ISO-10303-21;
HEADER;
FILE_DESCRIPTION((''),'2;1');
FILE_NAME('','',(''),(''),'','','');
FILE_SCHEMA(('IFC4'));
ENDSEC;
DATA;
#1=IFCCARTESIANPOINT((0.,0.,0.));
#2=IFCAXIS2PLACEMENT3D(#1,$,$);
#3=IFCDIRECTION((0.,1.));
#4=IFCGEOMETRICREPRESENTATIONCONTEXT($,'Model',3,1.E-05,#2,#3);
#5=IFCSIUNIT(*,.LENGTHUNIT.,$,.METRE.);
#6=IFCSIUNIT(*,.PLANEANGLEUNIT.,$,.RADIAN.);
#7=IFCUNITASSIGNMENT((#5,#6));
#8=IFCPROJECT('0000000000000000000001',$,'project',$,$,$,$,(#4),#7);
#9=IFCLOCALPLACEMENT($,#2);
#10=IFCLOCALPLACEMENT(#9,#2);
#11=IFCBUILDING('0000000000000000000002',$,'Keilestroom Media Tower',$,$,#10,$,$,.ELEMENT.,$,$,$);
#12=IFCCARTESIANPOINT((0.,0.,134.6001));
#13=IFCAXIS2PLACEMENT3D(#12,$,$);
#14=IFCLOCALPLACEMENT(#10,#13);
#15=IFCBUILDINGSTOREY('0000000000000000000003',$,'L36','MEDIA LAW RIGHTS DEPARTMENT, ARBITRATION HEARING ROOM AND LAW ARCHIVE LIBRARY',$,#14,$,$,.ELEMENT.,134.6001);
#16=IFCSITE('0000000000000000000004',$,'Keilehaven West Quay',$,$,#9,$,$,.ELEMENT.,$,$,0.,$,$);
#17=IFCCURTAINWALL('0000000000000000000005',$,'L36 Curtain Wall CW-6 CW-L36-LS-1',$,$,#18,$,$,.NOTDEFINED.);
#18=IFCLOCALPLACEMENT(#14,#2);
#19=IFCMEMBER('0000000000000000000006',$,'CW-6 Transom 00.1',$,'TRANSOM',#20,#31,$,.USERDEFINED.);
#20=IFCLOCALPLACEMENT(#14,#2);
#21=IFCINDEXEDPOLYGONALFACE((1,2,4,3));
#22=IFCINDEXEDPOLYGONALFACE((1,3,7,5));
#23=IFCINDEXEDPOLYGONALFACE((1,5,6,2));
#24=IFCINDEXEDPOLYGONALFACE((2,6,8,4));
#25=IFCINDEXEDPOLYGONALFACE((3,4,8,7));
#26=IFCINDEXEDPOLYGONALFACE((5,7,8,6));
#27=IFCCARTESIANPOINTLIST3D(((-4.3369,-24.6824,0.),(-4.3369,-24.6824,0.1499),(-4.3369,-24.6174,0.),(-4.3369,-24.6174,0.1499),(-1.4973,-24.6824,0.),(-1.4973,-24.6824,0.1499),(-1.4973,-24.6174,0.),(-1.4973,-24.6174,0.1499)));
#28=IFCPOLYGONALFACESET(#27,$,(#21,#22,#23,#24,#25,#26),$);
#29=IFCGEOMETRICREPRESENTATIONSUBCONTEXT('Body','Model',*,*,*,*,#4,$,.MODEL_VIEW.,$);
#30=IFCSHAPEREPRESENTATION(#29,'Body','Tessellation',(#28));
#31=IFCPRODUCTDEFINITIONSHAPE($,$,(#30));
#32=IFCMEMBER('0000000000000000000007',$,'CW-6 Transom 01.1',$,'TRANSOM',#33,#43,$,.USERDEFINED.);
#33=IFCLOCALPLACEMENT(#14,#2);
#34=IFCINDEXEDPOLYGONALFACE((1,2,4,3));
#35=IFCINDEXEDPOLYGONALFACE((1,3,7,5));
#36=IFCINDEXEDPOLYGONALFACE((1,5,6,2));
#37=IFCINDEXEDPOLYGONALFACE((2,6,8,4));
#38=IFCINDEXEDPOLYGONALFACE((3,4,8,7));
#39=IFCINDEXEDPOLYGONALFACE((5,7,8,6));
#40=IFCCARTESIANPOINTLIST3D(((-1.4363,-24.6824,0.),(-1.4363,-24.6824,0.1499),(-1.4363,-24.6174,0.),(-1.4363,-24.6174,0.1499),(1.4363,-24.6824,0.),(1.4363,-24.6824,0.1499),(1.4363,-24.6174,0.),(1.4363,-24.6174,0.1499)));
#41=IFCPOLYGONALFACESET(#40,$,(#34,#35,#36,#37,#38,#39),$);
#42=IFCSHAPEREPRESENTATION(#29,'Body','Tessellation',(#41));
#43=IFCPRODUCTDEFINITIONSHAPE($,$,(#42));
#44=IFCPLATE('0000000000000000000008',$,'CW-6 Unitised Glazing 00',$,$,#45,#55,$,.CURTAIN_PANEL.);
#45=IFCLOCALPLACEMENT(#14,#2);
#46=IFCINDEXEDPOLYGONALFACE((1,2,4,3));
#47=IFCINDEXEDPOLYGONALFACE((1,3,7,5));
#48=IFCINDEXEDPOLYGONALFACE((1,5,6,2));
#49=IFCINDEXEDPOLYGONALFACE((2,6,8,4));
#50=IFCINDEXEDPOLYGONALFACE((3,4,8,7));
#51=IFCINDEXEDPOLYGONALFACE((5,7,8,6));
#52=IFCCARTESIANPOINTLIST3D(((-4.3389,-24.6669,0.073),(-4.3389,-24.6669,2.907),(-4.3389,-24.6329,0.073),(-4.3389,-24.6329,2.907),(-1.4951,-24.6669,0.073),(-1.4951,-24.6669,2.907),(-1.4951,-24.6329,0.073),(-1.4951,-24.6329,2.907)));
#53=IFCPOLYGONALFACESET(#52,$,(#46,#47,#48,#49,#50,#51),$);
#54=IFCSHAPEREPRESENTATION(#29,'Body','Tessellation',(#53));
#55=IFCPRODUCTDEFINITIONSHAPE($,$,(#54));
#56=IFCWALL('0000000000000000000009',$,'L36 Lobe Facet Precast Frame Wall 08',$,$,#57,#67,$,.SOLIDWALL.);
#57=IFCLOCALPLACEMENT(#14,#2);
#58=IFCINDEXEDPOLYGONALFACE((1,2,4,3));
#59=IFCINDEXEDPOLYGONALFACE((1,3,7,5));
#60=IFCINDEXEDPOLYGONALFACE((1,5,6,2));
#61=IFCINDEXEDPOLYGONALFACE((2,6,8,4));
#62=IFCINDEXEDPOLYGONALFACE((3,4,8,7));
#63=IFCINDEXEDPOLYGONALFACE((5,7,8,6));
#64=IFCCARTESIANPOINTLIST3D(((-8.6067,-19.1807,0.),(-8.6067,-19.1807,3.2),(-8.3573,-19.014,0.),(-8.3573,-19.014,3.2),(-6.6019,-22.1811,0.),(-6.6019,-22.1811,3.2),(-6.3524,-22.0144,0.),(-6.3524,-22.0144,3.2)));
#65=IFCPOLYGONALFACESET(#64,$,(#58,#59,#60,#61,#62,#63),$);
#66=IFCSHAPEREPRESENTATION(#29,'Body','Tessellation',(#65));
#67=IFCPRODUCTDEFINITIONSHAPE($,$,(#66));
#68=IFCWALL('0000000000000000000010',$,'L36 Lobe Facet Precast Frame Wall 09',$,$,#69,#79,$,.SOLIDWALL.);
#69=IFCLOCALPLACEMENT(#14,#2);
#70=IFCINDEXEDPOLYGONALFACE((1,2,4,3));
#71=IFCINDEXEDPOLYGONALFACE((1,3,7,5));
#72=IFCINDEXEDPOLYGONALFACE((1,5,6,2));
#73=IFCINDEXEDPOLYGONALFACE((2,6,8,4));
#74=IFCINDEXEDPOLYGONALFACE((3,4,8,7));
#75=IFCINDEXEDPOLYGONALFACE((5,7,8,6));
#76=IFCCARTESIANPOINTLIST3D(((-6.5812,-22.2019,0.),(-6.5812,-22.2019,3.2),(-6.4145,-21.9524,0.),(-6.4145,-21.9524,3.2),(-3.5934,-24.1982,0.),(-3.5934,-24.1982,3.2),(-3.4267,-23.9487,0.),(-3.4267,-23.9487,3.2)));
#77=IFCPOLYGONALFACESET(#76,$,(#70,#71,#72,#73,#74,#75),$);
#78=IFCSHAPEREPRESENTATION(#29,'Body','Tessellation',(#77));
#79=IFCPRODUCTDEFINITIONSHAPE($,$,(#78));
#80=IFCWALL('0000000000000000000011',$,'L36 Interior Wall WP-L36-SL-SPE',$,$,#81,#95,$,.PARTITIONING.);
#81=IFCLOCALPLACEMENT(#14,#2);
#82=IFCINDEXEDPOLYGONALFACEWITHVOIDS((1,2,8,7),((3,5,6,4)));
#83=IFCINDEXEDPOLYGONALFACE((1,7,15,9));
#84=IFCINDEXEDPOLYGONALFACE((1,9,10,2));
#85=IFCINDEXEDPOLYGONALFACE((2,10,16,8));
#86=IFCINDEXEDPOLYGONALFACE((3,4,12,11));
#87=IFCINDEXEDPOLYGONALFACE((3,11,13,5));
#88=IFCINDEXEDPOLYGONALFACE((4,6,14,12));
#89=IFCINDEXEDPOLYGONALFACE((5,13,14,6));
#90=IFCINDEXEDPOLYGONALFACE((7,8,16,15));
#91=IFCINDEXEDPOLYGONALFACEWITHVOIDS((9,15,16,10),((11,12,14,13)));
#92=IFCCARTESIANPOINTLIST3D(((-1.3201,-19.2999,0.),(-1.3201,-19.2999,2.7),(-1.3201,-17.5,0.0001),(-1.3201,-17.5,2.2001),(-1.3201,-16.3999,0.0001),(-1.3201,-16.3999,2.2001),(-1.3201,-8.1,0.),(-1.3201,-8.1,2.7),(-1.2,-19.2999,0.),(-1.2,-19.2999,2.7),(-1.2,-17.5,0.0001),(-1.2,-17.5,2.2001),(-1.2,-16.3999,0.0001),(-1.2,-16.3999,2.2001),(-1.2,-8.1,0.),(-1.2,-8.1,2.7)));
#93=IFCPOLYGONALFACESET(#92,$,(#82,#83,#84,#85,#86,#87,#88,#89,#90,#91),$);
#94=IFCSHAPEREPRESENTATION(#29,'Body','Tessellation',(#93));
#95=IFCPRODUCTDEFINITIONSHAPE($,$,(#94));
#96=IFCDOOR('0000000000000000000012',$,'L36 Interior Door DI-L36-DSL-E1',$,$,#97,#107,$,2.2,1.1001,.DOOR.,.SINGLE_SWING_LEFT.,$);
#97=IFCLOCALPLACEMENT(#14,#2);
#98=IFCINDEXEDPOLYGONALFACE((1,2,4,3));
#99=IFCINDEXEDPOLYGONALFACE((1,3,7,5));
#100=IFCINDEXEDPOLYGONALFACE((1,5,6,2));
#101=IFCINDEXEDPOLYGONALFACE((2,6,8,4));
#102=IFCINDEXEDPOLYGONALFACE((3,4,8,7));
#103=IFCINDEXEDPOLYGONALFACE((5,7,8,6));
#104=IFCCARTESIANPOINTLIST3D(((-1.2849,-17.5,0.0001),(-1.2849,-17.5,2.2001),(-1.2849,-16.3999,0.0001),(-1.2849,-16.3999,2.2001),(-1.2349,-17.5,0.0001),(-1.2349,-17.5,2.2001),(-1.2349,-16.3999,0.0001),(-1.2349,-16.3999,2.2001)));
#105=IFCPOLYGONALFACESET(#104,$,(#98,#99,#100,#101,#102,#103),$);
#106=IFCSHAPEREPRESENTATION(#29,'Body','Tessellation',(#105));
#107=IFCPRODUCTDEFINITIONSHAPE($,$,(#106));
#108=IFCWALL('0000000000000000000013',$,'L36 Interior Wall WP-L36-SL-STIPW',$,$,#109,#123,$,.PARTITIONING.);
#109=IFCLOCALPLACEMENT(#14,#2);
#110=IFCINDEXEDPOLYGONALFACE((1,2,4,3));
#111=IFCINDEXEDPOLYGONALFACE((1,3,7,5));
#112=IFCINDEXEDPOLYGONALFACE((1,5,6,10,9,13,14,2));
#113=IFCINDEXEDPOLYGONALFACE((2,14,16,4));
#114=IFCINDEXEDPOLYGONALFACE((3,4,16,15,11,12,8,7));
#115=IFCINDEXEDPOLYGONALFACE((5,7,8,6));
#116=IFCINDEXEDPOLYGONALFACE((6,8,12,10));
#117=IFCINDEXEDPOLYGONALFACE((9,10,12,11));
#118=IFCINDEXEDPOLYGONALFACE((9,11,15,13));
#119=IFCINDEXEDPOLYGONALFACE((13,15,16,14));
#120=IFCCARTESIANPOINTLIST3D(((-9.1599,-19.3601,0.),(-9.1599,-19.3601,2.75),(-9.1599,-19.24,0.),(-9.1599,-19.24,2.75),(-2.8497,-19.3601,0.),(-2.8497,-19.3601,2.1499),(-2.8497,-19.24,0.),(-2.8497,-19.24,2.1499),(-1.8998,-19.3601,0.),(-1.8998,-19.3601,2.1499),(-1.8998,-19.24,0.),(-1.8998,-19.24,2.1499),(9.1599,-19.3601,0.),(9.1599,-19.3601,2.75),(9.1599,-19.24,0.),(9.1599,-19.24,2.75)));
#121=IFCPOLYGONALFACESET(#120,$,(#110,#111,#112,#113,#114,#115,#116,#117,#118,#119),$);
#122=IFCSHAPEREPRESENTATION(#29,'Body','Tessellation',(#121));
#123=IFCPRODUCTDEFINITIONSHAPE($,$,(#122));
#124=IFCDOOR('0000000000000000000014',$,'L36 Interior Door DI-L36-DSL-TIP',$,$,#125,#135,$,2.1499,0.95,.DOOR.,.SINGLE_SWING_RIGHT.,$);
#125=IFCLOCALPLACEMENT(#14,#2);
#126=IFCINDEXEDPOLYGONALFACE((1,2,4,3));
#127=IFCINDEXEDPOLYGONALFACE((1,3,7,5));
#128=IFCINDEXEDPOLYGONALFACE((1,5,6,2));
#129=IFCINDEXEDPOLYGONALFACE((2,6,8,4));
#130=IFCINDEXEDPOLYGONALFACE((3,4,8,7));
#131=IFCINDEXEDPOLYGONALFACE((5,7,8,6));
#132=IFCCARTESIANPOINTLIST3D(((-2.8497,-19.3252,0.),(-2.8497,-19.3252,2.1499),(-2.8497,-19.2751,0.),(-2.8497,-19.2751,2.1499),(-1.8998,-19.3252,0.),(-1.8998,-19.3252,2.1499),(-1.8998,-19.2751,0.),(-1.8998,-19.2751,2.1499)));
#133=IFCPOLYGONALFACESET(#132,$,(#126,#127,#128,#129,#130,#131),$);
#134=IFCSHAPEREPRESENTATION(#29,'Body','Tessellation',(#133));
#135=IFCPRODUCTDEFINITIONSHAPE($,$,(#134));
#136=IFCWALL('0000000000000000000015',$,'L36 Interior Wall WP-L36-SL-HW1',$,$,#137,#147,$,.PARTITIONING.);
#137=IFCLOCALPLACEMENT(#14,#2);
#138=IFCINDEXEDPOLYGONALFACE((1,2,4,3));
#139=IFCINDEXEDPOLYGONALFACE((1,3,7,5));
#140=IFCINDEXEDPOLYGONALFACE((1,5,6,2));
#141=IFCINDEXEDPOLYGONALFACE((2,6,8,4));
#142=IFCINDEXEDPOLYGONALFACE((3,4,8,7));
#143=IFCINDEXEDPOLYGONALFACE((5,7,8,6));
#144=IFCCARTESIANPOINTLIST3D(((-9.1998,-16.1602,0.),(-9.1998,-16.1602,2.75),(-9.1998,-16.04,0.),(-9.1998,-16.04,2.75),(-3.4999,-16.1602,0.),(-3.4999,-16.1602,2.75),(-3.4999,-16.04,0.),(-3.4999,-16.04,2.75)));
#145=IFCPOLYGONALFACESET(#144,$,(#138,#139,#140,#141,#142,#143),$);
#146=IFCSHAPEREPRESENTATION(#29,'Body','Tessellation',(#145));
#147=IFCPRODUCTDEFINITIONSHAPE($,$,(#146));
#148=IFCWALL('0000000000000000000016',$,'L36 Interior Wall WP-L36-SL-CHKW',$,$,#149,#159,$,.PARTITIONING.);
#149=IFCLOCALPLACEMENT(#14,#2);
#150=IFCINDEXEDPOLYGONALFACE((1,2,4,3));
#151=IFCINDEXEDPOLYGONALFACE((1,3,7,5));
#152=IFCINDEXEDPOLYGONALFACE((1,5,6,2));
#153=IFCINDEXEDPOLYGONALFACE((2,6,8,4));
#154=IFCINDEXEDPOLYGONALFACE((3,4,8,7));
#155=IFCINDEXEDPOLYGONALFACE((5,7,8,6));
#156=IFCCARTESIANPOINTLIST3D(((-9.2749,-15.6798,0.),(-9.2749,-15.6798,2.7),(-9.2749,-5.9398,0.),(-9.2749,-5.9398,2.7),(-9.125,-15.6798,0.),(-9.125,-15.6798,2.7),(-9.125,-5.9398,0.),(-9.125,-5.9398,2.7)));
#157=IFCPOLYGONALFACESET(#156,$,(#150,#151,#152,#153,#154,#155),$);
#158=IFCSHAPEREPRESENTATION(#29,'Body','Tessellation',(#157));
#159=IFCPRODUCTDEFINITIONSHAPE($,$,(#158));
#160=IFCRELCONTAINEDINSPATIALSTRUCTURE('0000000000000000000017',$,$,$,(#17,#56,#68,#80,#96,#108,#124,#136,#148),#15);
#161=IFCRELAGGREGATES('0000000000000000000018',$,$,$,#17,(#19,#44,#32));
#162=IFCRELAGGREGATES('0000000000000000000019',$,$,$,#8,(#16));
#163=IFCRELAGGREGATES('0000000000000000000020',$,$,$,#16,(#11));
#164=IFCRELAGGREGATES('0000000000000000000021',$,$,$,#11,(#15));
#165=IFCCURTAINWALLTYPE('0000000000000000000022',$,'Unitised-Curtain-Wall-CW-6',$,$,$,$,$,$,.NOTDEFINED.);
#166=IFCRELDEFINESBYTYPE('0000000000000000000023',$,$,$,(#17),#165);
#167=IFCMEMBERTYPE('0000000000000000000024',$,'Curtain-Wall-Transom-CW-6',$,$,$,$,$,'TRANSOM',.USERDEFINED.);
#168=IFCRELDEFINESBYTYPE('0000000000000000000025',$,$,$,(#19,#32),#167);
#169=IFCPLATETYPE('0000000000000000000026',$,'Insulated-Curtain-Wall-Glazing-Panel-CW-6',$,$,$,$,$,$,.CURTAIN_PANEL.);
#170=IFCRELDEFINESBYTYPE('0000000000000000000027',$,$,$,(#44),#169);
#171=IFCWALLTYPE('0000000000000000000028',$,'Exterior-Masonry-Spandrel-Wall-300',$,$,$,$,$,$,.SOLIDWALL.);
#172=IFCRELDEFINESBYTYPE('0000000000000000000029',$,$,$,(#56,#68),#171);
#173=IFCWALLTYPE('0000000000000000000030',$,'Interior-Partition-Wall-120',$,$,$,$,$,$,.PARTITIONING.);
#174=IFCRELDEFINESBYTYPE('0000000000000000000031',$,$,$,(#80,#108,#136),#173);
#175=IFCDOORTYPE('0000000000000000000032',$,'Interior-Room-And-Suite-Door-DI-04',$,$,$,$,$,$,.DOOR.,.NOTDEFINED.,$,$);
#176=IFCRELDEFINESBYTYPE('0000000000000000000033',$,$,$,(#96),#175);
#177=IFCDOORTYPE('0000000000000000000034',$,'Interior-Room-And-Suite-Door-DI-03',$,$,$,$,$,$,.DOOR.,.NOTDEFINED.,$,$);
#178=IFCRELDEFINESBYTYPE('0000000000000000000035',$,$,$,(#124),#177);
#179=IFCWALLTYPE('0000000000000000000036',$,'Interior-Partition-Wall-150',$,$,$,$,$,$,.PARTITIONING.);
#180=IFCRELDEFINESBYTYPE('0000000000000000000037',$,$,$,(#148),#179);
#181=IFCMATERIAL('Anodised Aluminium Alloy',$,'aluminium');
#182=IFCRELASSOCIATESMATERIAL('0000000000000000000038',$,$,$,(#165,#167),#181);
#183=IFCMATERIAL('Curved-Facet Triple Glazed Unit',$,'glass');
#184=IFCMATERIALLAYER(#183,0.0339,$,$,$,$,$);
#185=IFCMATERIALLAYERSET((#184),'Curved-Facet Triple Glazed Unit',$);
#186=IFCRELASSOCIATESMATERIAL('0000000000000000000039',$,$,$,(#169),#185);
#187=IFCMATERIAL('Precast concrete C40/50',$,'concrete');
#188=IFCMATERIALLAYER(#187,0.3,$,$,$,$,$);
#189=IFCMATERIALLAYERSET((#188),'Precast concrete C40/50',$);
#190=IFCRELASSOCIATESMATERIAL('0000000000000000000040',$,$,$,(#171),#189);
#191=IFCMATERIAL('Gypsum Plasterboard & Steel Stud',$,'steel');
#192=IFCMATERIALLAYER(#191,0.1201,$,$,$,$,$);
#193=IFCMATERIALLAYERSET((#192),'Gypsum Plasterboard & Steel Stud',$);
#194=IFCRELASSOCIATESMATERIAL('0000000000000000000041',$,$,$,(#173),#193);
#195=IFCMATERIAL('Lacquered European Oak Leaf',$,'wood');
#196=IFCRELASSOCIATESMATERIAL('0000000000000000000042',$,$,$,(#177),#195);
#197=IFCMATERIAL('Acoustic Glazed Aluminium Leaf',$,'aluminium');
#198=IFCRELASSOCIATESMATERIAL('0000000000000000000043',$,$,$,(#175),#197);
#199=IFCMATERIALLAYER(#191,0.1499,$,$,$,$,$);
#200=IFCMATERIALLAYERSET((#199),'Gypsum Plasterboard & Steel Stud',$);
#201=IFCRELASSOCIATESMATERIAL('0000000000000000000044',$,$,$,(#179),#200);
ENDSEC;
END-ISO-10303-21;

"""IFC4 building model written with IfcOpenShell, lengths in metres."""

from ifc_helpers import new_model, si_unit, direction, frame, frame_2d, origin, origin_2d, place, context, subcontext, project, spatial, rectangle, extrude, source, transform, mapped, material, layer, layer_set, material_profile, profile_set, type_object, element, fill, aggregate, save


model = new_model("IFC4")

# Units and contexts
model_context = context("Model", 3, precision=1e-05, world=origin(), true_north=direction((0.0, 1.0)))
body_context = subcontext(model_context, "Body", "Model", "MODEL_VIEW")
ifc_project = project(units=[si_unit("LENGTHUNIT", "METRE"), si_unit("PLANEANGLEUNIT", "RADIAN")], contexts=[model_context])

# Site, building, storey
site_placement = place(None, origin())
site = spatial("IfcSite", under=ifc_project, at=site_placement, Name="Keilehaven West Quay", CompositionType="ELEMENT", RefElevation=0.0)
building_placement = place(site_placement, origin())
building = spatial("IfcBuilding", under=site, at=building_placement, Name="Keilestroom Media Tower", CompositionType="ELEMENT")
storey_placement = place(building_placement, frame((0.0, 0.0, 134.6001)))
storey = spatial("IfcBuildingStorey", under=building, at=storey_placement, Name="L36", Description="MEDIA LAW RIGHTS DEPARTMENT, ARBITRATION HEARING ROOM AND LAW ARCHIVE LIBRARY", CompositionType="ELEMENT", Elevation=134.6001)

# Curtain wall, members, plate
ifc_material_1 = material(Name="Anodised Aluminium Alloy", Category="aluminium")
curtain_wall_type = type_object("IfcCurtainWallType", Name="Unitised-Curtain-Wall-CW-6", PredefinedType="NOTDEFINED", material=ifc_material_1)
curtain_wall_placement = place(storey_placement, origin())
curtain_wall = element("IfcCurtainWall", 1, at=curtain_wall_placement, inside=storey, type_object=curtain_wall_type, Name="L36 Curtain Wall CW-6 CW-L36-LS-1", PredefinedType="NOTDEFINED")
ifc_material_profile_1 = material_profile(ifc_material_1, rectangle(XDim=0.0649, YDim=0.1499, at=origin_2d()), Name="ALU TRANSOM 65x150")
ifc_profile_set_1 = profile_set([ifc_material_profile_1], Name="Anodised Aluminium Alloy")
member_type_1 = type_object("IfcMemberType", Name="Curtain-Wall-Transom-CW-6", ElementType="TRANSOM", PredefinedType="USERDEFINED", material=ifc_profile_set_1)
shared_shape_1 = source(origin(), body_context, "Body", "SweptSolid", [
    extrude(rectangle(XDim=0.0649, YDim=0.1499, at=origin_2d()), origin(), (0.0, 0.0, 1.0), 2.8396),
])
member_1_placement = place(storey_placement, frame((-4.3369, -24.6499, 0.075), z_axis=(1.0, 0.0, 0.0), x_axis=(0.0, 1.0, 0.0)))
member_1 = element("IfcMember", 2, at=member_1_placement, type_object=member_type_1, Name="CW-6 Transom 00.1", ObjectType="TRANSOM", PredefinedType="USERDEFINED", context=body_context, shape_type="MappedRepresentation", body=[
    mapped(shared_shape_1, transform((0.0, 0.0, 0.0), x_axis=(1.0, 0.0, 0.0), y_axis=(0.0, 1.0, 0.0), z_axis=(0.0, 0.0, 1.0), scale=1.0)),
])
shared_shape_2 = source(origin(), body_context, "Body", "SweptSolid", [
    extrude(rectangle(XDim=0.0649, YDim=0.1499, at=origin_2d()), origin(), (0.0, 0.0, 1.0), 2.8726),
])
member_2_placement = place(storey_placement, frame((-1.4363, -24.6499, 0.075), z_axis=(1.0, 0.0, 0.0), x_axis=(0.0, 1.0, 0.0)))
member_2 = element("IfcMember", 3, at=member_2_placement, type_object=member_type_1, Name="CW-6 Transom 01.1", ObjectType="TRANSOM", PredefinedType="USERDEFINED", context=body_context, shape_type="MappedRepresentation", body=[
    mapped(shared_shape_2, transform((0.0, 0.0, 0.0), x_axis=(1.0, 0.0, 0.0), y_axis=(0.0, 1.0, 0.0), z_axis=(0.0, 0.0, 1.0), scale=1.0)),
])
ifc_material_2 = material(Name="Curved-Facet Triple Glazed Unit", Category="glass")
ifc_layer_1 = layer(ifc_material_2, 0.0339)
ifc_layer_set_1 = layer_set([ifc_layer_1], Name="Curved-Facet Triple Glazed Unit")
plate_type = type_object("IfcPlateType", Name="Insulated-Curtain-Wall-Glazing-Panel-CW-6", PredefinedType="CURTAIN_PANEL", material=ifc_layer_set_1)
shared_shape_3 = source(origin(), body_context, "Body", "SweptSolid", [
    extrude(rectangle(XDim=2.8438, YDim=0.0339, at=origin_2d()), origin(), (0.0, 0.0, 1.0), 2.834),
])
plate_placement = place(storey_placement, frame((-2.917, -24.6499, 0.073), z_axis=(0.0, 0.0, 1.0), x_axis=(1.0, 0.0, 0.0)))
plate = element("IfcPlate", 4, at=plate_placement, type_object=plate_type, Name="CW-6 Unitised Glazing 00", PredefinedType="CURTAIN_PANEL", context=body_context, shape_type="MappedRepresentation", body=[
    mapped(shared_shape_3, transform((0.0, 0.0, 0.0), x_axis=(1.0, 0.0, 0.0), y_axis=(0.0, 1.0, 0.0), z_axis=(0.0, 0.0, 1.0), scale=1.0)),
])
aggregate(curtain_wall, [member_1, plate, member_2])

# Walls
ifc_material_3 = material(Name="Precast concrete C40/50", Category="concrete")
ifc_layer_2 = layer(ifc_material_3, 0.3)
ifc_layer_set_2 = layer_set([ifc_layer_2], Name="Precast concrete C40/50")
wall_type_1 = type_object("IfcWallType", Name="Exterior-Masonry-Spandrel-Wall-300", PredefinedType="SOLIDWALL", material=ifc_layer_set_2)
wall_1_placement = place(storey_placement, frame((-8.4819, -19.0974, 0.0), z_axis=(0.0, 0.0, 1.0), x_axis=(0.555574, -0.831467, 0.0)))
element("IfcWall", 5, at=wall_1_placement, inside=storey, type_object=wall_type_1, Name="L36 Lobe Facet Precast Frame Wall 08", PredefinedType="SOLIDWALL", context=body_context, shape_type="SweptSolid", body=[
    extrude(rectangle(XDim=3.6086, YDim=0.3, at=frame_2d((1.8042, 0.0))), origin(), (0.0, 0.0, 1.0), 3.2),
])
wall_2_placement = place(storey_placement, frame((-6.4978, -22.0771, 0.0), z_axis=(0.0, 0.0, 1.0), x_axis=(0.831475, -0.555562, 0.0)))
element("IfcWall", 6, at=wall_2_placement, inside=storey, type_object=wall_type_1, Name="L36 Lobe Facet Precast Frame Wall 09", PredefinedType="SOLIDWALL", context=body_context, shape_type="SweptSolid", body=[
    extrude(rectangle(XDim=3.5933, YDim=0.3, at=frame_2d((1.7966, 0.0))), origin(), (0.0, 0.0, 1.0), 3.2),
])

# Shared definitions
ifc_material_4 = material(Name="Gypsum Plasterboard & Steel Stud", Category="steel")
ifc_layer_3 = layer(ifc_material_4, 0.1201)
ifc_layer_set_3 = layer_set([ifc_layer_3], Name="Gypsum Plasterboard & Steel Stud")
wall_type_2 = type_object("IfcWallType", Name="Interior-Partition-Wall-120", PredefinedType="PARTITIONING", material=ifc_layer_set_3)
ifc_material_5 = material(Name="Lacquered European Oak Leaf", Category="wood")
door_type_1 = type_object("IfcDoorType", Name="Interior-Room-And-Suite-Door-DI-03", OperationType="NOTDEFINED", PredefinedType="DOOR", material=ifc_material_5)
shared_shape_4 = source(origin(), body_context, "Body", "SweptSolid", [
    extrude(rectangle(XDim=0.95, YDim=2.1499, at=frame_2d((0.4751, 1.075))), frame((0.0, 0.0249, 0.0), z_axis=(0.0, -1.0, 0.0), x_axis=(1.0, 0.0, 0.0)), (0.0, 0.0, 1.0), 0.05),
])

# Walls, openings, doors
wall_3_placement = place(storey_placement, frame((-1.26, -19.3, 0.0), z_axis=(0.0, 0.0, 1.0), x_axis=(0.0, 1.0, 0.0)))
wall_3 = element("IfcWall", 7, at=wall_3_placement, inside=storey, type_object=wall_type_2, Name="L36 Interior Wall WP-L36-SL-SPE", PredefinedType="PARTITIONING", context=body_context, shape_type="SweptSolid", body=[
    extrude(rectangle(XDim=11.2, YDim=0.1201, at=frame_2d((5.6001, 0.0))), origin(), (0.0, 0.0, 1.0), 2.7),
])
opening_1_placement = place(wall_3_placement, frame((1.8, 0.0, 0.0)))
opening_1 = element("IfcOpeningElement", 8, at=opening_1_placement, cuts=wall_3, PredefinedType="OPENING", context=body_context, shape_type="SweptSolid", body=[
    extrude(rectangle(XDim=1.1001, YDim=2.2, at=frame_2d((0.55, 1.1001))), frame((0.0, 0.0701, 0.0), z_axis=(0.0, -1.0, 0.0), x_axis=(1.0, 0.0, 0.0)), (0.0, 0.0, 1.0), 0.1401),
])
ifc_material_6 = material(Name="Acoustic Glazed Aluminium Leaf", Category="aluminium")
door_type_2 = type_object("IfcDoorType", Name="Interior-Room-And-Suite-Door-DI-04", OperationType="NOTDEFINED", PredefinedType="DOOR", material=ifc_material_6)
shared_shape_5 = source(origin(), body_context, "Body", "SweptSolid", [
    extrude(rectangle(XDim=1.1001, YDim=2.2, at=frame_2d((0.55, 1.1001))), frame((0.0, 0.0249, 0.0), z_axis=(0.0, -1.0, 0.0), x_axis=(1.0, 0.0, 0.0)), (0.0, 0.0, 1.0), 0.05),
])
door_1_placement = place(opening_1_placement, origin())
door_1 = element("IfcDoor", 9, at=door_1_placement, inside=storey, type_object=door_type_2, Name="L36 Interior Door DI-L36-DSL-E1", OperationType="SINGLE_SWING_LEFT", OverallHeight=2.2, OverallWidth=1.1001, PredefinedType="DOOR", context=body_context, shape_type="MappedRepresentation", body=[
    mapped(shared_shape_5, transform((0.0, 0.0, 0.0), x_axis=(1.0, 0.0, 0.0), y_axis=(0.0, 1.0, 0.0), z_axis=(0.0, 0.0, 1.0), scale=1.0)),
])
fill(opening_1, door_1)
wall_4_placement = place(storey_placement, frame((-9.1599, -19.3, 0.0), z_axis=(0.0, 0.0, 1.0), x_axis=(1.0, 0.0, 0.0)))
wall_4 = element("IfcWall", 10, at=wall_4_placement, inside=storey, type_object=wall_type_2, Name="L36 Interior Wall WP-L36-SL-STIPW", PredefinedType="PARTITIONING", context=body_context, shape_type="SweptSolid", body=[
    extrude(rectangle(XDim=18.3198, YDim=0.1201, at=frame_2d((9.1599, 0.0))), origin(), (0.0, 0.0, 1.0), 2.75),
])
opening_2_placement = place(wall_4_placement, frame((6.3101, 0.0, 0.0)))
opening_2 = element("IfcOpeningElement", 11, at=opening_2_placement, cuts=wall_4, PredefinedType="OPENING", context=body_context, shape_type="SweptSolid", body=[
    extrude(rectangle(XDim=0.95, YDim=2.1499, at=frame_2d((0.4751, 1.075))), frame((0.0, 0.0701, 0.0), z_axis=(0.0, -1.0, 0.0), x_axis=(1.0, 0.0, 0.0)), (0.0, 0.0, 1.0), 0.1401),
])
door_2_placement = place(opening_2_placement, origin())
door_2 = element("IfcDoor", 12, at=door_2_placement, inside=storey, type_object=door_type_1, Name="L36 Interior Door DI-L36-DSL-TIP", OperationType="SINGLE_SWING_RIGHT", OverallHeight=2.1499, OverallWidth=0.95, PredefinedType="DOOR", context=body_context, shape_type="MappedRepresentation", body=[
    mapped(shared_shape_4, transform((0.0, 0.0, 0.0), x_axis=(1.0, 0.0, 0.0), y_axis=(0.0, 1.0, 0.0), z_axis=(0.0, 0.0, 1.0), scale=1.0)),
])
fill(opening_2, door_2)

# Walls
wall_5_placement = place(storey_placement, frame((-9.2, -16.1001, 0.0), z_axis=(0.0, 0.0, 1.0), x_axis=(1.0, 0.0, 0.0)))
element("IfcWall", 13, at=wall_5_placement, inside=storey, type_object=wall_type_2, Name="L36 Interior Wall WP-L36-SL-HW1", PredefinedType="PARTITIONING", context=body_context, shape_type="SweptSolid", body=[
    extrude(rectangle(XDim=5.7, YDim=0.1201, at=frame_2d((2.8501, 0.0))), origin(), (0.0, 0.0, 1.0), 2.75),
])
ifc_layer_4 = layer(ifc_material_4, 0.1499)
ifc_layer_set_4 = layer_set([ifc_layer_4], Name="Gypsum Plasterboard & Steel Stud")
wall_type_3 = type_object("IfcWallType", Name="Interior-Partition-Wall-150", PredefinedType="PARTITIONING", material=ifc_layer_set_4)
wall_6_placement = place(storey_placement, frame((-9.2, -15.6799, 0.0), z_axis=(0.0, 0.0, 1.0), x_axis=(0.0, 1.0, 0.0)))
element("IfcWall", 14, at=wall_6_placement, inside=storey, type_object=wall_type_3, Name="L36 Interior Wall WP-L36-SL-CHKW", PredefinedType="PARTITIONING", context=body_context, shape_type="SweptSolid", body=[
    extrude(rectangle(XDim=9.74, YDim=0.1499, at=frame_2d((4.8701, 0.0))), origin(), (0.0, 0.0, 1.0), 2.7),
])

save(model, "model.ifc")
